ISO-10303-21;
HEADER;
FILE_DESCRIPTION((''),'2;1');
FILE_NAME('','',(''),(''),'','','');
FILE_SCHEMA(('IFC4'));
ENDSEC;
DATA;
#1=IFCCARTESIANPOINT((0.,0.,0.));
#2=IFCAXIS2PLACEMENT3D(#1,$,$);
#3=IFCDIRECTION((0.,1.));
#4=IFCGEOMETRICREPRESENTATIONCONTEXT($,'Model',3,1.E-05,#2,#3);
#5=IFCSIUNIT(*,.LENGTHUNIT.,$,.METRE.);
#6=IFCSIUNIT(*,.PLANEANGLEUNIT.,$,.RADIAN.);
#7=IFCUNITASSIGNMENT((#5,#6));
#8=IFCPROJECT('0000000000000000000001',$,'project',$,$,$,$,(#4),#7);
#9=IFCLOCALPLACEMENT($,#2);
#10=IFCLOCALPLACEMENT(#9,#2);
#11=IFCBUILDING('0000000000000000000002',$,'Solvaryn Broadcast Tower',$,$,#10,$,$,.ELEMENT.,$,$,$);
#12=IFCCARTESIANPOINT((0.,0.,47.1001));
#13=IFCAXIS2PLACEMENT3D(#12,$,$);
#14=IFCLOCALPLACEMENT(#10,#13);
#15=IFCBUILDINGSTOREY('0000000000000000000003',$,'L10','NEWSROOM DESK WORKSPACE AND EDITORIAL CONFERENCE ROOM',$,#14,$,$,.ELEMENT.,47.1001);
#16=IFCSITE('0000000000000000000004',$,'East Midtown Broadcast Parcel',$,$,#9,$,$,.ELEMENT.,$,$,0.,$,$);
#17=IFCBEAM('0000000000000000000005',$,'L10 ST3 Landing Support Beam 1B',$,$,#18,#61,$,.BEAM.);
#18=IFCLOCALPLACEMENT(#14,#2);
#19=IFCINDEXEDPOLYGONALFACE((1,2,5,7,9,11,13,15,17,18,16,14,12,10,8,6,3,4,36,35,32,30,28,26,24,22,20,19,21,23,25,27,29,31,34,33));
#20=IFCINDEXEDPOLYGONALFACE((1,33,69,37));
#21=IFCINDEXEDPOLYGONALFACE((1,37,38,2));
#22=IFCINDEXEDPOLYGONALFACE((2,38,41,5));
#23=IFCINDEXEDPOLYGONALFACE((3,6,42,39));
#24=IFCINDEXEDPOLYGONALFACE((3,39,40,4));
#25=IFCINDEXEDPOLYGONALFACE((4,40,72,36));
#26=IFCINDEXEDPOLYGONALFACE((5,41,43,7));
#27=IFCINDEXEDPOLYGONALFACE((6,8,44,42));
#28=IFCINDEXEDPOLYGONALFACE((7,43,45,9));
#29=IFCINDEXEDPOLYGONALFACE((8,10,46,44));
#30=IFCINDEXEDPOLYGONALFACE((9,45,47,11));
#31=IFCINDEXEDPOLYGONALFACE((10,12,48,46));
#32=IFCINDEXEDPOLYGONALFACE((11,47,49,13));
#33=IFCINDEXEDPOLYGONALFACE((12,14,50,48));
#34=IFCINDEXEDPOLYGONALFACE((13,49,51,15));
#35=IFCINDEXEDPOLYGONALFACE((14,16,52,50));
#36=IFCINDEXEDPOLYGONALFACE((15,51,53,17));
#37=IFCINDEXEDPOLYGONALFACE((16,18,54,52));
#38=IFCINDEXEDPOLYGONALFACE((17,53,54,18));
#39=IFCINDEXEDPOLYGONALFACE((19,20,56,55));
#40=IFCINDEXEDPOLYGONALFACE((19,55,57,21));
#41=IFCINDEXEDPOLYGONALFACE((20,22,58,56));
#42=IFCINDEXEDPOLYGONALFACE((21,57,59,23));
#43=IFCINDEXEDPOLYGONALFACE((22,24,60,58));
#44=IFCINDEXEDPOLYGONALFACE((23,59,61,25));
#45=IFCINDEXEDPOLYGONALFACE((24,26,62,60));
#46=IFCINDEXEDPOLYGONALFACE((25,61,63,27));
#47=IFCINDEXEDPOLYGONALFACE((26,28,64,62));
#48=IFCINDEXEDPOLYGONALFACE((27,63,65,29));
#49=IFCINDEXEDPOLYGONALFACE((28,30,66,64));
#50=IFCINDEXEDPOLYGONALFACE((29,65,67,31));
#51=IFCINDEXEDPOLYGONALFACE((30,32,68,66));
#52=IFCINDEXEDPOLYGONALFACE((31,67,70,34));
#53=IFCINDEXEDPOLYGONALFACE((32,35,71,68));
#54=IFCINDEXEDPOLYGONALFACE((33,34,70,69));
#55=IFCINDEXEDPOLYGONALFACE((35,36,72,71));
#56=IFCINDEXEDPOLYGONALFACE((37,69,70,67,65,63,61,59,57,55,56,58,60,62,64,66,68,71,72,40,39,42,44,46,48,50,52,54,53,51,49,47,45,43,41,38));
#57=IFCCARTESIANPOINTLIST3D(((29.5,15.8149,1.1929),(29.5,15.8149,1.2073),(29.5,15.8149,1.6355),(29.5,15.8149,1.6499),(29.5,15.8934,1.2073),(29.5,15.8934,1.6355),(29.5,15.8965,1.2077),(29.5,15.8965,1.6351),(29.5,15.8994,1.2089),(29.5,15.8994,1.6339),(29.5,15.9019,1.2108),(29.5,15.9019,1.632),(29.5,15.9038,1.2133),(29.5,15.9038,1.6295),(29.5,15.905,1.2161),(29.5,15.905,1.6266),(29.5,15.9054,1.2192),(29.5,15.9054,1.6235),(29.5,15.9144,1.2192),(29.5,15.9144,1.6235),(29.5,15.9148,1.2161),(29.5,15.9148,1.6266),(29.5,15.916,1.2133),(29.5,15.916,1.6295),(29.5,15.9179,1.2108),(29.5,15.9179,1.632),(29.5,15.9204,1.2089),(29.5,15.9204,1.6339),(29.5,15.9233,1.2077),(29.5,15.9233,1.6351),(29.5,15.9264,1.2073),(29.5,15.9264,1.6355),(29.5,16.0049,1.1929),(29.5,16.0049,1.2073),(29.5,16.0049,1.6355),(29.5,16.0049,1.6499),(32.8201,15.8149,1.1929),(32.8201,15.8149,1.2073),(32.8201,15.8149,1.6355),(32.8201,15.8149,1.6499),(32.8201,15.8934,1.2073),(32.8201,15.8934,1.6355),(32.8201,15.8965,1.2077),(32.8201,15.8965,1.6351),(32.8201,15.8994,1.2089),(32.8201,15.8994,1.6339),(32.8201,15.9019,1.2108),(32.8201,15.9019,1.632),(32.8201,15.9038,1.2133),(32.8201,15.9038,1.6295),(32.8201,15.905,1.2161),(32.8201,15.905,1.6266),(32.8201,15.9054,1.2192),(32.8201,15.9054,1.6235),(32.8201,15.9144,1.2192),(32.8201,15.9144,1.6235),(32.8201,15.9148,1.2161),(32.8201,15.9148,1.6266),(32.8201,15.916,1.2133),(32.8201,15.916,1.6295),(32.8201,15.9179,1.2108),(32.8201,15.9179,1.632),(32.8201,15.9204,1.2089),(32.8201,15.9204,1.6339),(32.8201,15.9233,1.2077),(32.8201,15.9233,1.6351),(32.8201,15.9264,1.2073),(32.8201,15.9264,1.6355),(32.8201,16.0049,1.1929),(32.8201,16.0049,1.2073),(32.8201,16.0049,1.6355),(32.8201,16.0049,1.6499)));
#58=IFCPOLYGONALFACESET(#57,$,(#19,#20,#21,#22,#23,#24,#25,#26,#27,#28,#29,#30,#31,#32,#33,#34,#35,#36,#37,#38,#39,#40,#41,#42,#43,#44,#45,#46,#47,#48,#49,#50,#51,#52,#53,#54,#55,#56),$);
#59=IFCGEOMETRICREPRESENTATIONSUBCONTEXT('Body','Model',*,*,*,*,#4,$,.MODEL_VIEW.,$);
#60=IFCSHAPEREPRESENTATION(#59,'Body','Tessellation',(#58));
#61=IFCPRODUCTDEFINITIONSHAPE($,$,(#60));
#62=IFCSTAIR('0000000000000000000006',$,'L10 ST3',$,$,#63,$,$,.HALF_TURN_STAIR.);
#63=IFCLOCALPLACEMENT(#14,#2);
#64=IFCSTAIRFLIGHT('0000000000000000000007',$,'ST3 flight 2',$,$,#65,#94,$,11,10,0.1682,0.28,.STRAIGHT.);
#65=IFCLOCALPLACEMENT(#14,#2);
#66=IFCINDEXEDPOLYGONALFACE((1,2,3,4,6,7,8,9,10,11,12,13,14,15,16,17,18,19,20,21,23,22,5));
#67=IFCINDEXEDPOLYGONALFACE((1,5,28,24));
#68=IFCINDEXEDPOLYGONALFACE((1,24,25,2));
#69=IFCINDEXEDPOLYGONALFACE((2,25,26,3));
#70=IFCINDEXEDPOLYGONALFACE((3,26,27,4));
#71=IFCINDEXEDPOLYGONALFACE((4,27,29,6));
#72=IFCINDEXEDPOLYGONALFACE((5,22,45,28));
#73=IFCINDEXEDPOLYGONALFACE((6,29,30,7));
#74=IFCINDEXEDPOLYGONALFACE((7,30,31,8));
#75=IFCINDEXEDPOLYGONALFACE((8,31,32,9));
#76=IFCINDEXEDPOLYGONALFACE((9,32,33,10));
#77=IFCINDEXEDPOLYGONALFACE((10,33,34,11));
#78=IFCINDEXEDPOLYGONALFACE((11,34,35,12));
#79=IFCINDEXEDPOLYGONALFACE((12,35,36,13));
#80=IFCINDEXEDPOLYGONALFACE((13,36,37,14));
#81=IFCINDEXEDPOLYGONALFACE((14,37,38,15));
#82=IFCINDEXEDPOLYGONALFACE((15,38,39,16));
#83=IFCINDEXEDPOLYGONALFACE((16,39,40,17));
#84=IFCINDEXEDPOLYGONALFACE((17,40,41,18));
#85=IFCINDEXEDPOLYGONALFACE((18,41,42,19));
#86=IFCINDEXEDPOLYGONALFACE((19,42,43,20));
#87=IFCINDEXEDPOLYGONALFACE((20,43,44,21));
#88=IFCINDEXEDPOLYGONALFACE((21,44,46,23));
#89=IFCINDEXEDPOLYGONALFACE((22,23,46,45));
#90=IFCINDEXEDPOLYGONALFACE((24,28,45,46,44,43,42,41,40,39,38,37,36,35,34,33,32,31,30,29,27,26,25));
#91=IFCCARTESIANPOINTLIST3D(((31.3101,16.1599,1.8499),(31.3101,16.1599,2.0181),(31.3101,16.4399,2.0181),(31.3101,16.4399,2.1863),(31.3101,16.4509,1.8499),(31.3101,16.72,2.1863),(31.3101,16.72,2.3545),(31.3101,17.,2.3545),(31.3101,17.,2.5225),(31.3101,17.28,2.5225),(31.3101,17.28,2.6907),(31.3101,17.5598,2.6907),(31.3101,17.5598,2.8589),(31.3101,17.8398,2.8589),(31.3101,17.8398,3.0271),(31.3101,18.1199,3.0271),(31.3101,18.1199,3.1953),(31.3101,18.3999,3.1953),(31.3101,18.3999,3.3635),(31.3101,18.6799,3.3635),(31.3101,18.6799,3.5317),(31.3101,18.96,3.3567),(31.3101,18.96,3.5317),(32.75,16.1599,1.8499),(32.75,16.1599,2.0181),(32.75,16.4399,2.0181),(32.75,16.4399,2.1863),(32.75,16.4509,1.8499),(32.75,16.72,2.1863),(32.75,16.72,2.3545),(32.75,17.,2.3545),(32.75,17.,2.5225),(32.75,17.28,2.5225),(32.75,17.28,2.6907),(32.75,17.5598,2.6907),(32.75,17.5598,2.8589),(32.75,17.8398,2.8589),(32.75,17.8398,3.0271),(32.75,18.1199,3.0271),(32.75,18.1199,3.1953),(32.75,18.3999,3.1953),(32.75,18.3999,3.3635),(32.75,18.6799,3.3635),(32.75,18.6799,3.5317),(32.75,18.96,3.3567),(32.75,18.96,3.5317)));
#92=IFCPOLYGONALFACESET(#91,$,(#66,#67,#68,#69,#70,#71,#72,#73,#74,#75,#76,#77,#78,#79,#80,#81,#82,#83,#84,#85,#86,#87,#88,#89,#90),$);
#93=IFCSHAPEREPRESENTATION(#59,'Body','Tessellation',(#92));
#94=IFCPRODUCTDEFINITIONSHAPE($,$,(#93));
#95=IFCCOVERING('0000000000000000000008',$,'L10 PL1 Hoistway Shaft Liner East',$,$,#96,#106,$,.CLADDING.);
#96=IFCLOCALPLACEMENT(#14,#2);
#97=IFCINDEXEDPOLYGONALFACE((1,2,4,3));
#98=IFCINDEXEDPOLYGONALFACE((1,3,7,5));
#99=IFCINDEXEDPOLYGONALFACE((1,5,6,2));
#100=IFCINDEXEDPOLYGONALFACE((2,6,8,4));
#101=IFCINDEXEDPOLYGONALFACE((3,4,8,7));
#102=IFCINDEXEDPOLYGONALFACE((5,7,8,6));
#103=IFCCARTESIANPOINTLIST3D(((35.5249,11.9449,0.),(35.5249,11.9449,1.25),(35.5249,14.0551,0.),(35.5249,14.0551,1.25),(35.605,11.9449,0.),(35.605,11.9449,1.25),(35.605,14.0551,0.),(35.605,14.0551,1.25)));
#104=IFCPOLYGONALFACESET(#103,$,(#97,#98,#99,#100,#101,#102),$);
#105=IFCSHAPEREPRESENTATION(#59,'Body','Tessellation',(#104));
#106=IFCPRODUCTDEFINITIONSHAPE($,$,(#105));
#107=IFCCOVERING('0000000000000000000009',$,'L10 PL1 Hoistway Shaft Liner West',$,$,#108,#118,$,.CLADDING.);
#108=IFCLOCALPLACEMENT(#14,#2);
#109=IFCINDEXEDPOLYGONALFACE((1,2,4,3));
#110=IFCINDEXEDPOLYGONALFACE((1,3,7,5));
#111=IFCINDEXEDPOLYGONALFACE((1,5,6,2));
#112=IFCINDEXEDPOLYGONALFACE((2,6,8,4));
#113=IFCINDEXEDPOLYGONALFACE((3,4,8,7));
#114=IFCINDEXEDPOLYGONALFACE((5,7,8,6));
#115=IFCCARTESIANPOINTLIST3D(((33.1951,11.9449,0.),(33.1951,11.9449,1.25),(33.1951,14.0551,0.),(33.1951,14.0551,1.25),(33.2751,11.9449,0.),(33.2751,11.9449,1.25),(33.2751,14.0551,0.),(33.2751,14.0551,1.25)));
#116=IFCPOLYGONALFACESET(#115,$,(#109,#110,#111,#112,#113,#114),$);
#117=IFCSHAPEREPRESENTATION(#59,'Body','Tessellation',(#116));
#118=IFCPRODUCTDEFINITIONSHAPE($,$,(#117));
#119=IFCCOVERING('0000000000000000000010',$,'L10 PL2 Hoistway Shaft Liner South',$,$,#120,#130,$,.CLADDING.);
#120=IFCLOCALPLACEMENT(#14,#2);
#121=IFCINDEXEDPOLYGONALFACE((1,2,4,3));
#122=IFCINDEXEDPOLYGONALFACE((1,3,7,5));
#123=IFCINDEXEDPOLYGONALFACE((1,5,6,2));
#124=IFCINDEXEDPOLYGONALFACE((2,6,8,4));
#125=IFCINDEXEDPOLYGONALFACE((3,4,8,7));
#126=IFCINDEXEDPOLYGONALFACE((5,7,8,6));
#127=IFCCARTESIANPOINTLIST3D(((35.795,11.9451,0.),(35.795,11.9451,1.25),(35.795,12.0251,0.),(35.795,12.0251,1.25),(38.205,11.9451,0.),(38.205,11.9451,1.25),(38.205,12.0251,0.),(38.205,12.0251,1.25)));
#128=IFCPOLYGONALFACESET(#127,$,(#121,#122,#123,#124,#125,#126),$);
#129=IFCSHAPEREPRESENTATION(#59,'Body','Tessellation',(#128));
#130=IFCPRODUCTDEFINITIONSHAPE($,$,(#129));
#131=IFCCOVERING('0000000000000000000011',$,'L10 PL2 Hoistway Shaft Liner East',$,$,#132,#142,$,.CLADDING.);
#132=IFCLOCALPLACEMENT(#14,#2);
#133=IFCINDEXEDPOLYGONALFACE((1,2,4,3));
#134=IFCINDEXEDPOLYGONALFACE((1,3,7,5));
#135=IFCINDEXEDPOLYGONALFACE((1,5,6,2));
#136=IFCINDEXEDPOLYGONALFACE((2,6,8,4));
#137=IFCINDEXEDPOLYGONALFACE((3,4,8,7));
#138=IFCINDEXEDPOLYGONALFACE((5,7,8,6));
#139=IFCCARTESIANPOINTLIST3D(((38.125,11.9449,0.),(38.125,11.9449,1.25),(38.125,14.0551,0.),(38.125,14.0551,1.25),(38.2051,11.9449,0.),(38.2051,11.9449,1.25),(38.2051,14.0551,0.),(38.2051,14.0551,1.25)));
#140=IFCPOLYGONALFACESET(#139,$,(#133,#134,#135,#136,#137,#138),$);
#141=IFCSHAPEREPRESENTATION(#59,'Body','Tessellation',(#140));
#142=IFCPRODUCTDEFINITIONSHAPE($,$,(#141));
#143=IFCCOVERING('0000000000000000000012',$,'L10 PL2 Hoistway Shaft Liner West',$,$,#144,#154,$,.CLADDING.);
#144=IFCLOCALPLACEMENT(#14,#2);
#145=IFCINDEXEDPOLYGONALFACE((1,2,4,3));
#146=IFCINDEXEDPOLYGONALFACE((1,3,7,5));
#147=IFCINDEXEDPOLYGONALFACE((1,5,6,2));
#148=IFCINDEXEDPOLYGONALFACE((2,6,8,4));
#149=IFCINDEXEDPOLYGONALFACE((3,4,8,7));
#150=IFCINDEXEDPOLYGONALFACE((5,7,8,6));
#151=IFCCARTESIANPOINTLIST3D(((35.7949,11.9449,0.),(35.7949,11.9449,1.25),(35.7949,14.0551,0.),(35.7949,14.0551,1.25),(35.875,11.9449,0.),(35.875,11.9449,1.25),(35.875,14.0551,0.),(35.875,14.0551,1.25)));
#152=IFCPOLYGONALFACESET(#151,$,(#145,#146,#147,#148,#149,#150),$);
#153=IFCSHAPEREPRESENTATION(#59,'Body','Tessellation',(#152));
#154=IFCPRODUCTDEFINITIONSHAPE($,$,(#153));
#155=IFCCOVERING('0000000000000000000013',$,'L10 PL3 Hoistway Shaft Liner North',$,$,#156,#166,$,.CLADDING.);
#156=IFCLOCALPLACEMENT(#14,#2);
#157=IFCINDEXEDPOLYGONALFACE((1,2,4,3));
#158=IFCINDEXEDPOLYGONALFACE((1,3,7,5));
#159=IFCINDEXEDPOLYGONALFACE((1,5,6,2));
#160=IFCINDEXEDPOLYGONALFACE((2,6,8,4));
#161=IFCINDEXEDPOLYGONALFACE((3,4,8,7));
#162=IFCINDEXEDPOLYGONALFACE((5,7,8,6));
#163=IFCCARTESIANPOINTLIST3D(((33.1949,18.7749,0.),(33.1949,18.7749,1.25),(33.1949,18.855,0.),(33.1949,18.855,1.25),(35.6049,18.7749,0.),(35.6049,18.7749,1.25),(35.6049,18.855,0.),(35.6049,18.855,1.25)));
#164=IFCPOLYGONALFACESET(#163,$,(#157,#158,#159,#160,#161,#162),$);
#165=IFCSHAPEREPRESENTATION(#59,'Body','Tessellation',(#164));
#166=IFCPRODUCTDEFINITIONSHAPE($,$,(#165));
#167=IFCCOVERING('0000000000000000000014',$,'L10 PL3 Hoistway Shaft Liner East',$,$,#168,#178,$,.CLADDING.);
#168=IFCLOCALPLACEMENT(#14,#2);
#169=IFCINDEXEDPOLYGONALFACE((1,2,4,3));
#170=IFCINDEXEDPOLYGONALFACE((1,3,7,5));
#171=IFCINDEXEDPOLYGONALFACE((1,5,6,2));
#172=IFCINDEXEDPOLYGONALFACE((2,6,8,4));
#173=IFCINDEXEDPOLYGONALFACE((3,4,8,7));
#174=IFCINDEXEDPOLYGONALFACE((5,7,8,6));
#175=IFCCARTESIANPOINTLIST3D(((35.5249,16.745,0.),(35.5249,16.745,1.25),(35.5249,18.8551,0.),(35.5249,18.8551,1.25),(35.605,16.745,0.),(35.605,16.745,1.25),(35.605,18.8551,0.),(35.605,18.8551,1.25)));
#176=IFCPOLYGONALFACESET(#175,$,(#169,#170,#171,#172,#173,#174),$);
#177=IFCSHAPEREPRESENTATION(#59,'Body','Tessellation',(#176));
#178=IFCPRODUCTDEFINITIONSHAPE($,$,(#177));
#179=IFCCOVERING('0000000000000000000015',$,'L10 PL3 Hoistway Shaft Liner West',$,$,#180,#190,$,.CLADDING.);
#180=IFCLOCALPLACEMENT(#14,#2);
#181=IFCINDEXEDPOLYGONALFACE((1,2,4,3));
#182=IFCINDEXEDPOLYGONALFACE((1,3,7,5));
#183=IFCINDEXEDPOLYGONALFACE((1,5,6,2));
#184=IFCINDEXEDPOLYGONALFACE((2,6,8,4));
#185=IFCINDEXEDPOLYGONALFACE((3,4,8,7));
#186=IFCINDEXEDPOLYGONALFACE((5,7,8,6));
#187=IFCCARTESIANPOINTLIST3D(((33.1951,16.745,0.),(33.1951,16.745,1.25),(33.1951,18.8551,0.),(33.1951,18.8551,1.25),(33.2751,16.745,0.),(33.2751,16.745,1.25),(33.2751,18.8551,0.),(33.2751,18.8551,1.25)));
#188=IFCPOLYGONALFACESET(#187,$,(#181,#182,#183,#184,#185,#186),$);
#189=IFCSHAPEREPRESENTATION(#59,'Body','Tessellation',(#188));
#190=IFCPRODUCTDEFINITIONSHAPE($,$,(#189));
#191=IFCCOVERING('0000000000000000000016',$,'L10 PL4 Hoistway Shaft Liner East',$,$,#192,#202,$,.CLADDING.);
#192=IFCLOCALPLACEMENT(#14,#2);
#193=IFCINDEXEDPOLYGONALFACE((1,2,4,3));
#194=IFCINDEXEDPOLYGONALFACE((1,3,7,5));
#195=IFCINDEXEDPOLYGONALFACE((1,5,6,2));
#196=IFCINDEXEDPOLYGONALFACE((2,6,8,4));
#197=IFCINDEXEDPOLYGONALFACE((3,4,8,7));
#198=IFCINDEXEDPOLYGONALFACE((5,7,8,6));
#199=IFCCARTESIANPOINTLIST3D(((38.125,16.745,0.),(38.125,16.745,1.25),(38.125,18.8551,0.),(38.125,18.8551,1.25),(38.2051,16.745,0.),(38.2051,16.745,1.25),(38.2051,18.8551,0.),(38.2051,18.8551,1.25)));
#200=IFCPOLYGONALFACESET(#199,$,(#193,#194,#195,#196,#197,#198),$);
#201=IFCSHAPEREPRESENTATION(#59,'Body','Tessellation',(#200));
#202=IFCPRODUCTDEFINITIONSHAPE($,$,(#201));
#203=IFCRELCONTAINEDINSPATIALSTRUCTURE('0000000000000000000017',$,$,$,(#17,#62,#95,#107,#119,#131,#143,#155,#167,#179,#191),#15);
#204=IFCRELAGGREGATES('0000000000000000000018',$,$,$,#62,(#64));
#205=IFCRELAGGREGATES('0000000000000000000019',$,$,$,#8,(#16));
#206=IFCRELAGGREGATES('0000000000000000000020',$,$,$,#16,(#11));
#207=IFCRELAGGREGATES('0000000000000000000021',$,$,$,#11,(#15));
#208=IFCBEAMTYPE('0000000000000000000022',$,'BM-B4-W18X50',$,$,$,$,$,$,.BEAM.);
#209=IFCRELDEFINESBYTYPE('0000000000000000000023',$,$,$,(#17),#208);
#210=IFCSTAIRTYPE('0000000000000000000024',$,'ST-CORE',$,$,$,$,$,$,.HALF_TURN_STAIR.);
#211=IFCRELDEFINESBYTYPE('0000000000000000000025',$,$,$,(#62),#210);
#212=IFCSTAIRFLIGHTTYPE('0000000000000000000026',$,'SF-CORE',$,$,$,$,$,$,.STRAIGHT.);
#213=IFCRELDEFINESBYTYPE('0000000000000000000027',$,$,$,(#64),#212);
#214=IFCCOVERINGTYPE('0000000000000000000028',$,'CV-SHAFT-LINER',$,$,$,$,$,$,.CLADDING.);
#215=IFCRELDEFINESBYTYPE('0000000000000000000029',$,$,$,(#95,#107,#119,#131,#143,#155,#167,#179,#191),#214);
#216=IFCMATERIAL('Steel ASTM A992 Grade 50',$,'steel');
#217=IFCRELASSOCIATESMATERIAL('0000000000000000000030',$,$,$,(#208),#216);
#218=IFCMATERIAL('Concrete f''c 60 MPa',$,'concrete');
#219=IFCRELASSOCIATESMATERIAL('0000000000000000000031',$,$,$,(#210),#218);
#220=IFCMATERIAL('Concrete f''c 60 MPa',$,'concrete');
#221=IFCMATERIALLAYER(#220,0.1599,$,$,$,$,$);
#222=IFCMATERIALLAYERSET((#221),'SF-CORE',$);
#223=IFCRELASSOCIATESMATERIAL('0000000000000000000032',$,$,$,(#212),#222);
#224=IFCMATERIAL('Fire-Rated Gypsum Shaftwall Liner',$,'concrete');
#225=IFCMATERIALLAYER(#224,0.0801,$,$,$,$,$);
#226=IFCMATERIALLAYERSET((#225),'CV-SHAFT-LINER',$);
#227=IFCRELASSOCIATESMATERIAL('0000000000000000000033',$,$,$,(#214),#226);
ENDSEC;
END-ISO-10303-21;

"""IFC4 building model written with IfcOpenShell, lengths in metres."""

from ifc_helpers import new_model, si_unit, direction, frame, origin, origin_2d, place, context, subcontext, project, spatial, polyline, rectangle, i_section, outline, extrude, material, layer, layer_set, material_profile, profile_set, type_object, element, aggregate, save


model = new_model("IFC4")

# Units and contexts
model_context = context("Model", 3, precision=1e-05, world=origin(), true_north=direction((0.0, 1.0)))
body_context = subcontext(model_context, "Body", "Model", "MODEL_VIEW")
ifc_project = project(units=[si_unit("LENGTHUNIT", "METRE"), si_unit("PLANEANGLEUNIT", "RADIAN")], contexts=[model_context])

# Site, building, storey
site_placement = place(None, origin())
site = spatial("IfcSite", under=ifc_project, at=site_placement, Name="East Midtown Broadcast Parcel", CompositionType="ELEMENT", RefElevation=0.0)
building_placement = place(site_placement, origin())
building = spatial("IfcBuilding", under=site, at=building_placement, Name="Solvaryn Broadcast Tower", CompositionType="ELEMENT")
storey_placement = place(building_placement, frame((0.0, 0.0, 47.1001)))
storey = spatial("IfcBuildingStorey", under=building, at=storey_placement, Name="L10", Description="NEWSROOM DESK WORKSPACE AND EDITORIAL CONFERENCE ROOM", CompositionType="ELEMENT", Elevation=47.1001)

# Beam
ifc_material_1 = material(Name="Steel ASTM A992 Grade 50", Category="steel")
ifc_material_profile_1 = material_profile(ifc_material_1, i_section(OverallWidth=0.1899, OverallDepth=0.457, WebThickness=0.009, FlangeThickness=0.0144, FilletRadius=0.012, at=origin_2d()))
ifc_profile_set_1 = profile_set([ifc_material_profile_1], Name="Steel ASTM A992 Grade 50")
beam_type_1 = type_object("IfcBeamType", Name="BM-B4-W18X50", PredefinedType="BEAM", material=ifc_profile_set_1)
beam_1_placement = place(storey_placement, frame((29.5, 15.9099, 1.4214), z_axis=(1.0, 0.0, 0.0), x_axis=(0.0, 1.0, 0.0)))
element("IfcBeam", 1, at=beam_1_placement, inside=storey, type_object=beam_type_1, Name="L10 ST3 Landing Support Beam 1B", PredefinedType="BEAM", context=body_context, shape_type="SweptSolid", body=[
    extrude(i_section(OverallWidth=0.1899, OverallDepth=0.457, WebThickness=0.009, FlangeThickness=0.0144, FilletRadius=0.012, at=origin_2d()), origin(), (0.0, 0.0, 1.0), 3.3201),
])

# Stair, stair flight
ifc_material_2 = material(Name="Concrete f'c 60 MPa", Category="concrete")
stair_type = type_object("IfcStairType", Name="ST-CORE", PredefinedType="HALF_TURN_STAIR", material=ifc_material_2)
stair_placement = place(storey_placement, origin())
stair = element("IfcStair", 2, at=stair_placement, inside=storey, type_object=stair_type, Name="L10 ST3", PredefinedType="HALF_TURN_STAIR")
ifc_material_3 = material(Name="Concrete f'c 60 MPa", Category="concrete")
ifc_layer_1 = layer(ifc_material_3, 0.1599)
ifc_layer_set_1 = layer_set([ifc_layer_1], Name="SF-CORE")
stair_flight_type = type_object("IfcStairFlightType", Name="SF-CORE", PredefinedType="STRAIGHT", material=ifc_layer_set_1)
stair_flight_placement = place(storey_placement, frame((32.03, 16.1599, 1.8499), z_axis=(0.0, 0.0, 1.0), x_axis=(0.0, 1.0, 0.0)))
stair_flight = element("IfcStairFlight", 3, at=stair_flight_placement, type_object=stair_flight_type, Name="ST3 flight 2", NumberOfRisers=11, NumberOfTreads=10, PredefinedType="STRAIGHT", RiserHeight=0.1682, TreadLength=0.28, context=body_context, shape_type="SweptSolid", body=[
    extrude(outline(polyline([(0.0, 0.0), (0.0, 0.1682), (0.28, 0.1682), (0.28, 0.3364), (0.5601, 0.3364), (0.5601, 0.5046), (0.8401, 0.5046), (0.8401, 0.6726), (1.1201, 0.6726), (1.1201, 0.8408), (1.3999, 0.8408), (1.3999, 1.009), (1.6799, 1.009), (1.6799, 1.1772), (1.96, 1.1772), (1.96, 1.3455), (2.24, 1.3455), (2.24, 1.5137), (2.52, 1.5137), (2.52, 1.6819), (2.8, 1.6819), (2.8, 1.8501), (2.8, 1.5068), (0.291, 0.0), (0.0, 0.0)])), frame((0.0, 0.72, 0.0), z_axis=(0.0, -1.0, 0.0), x_axis=(1.0, 0.0, 0.0)), (0.0, 0.0, 1.0), 1.4399),
])
aggregate(stair, [stair_flight])

# Coverings
ifc_material_4 = material(Name="Fire-Rated Gypsum Shaftwall Liner", Category="concrete")
ifc_layer_2 = layer(ifc_material_4, 0.0801)
ifc_layer_set_2 = layer_set([ifc_layer_2], Name="CV-SHAFT-LINER")
covering_type = type_object("IfcCoveringType", Name="CV-SHAFT-LINER", PredefinedType="CLADDING", material=ifc_layer_set_2)
for number, where, z_axis, x_axis, name in (
    (4, (35.5649, 13.0, 0.0), (0.0, 0.0, 1.0), (1.0, 0.0, 0.0), "L10 PL1 Hoistway Shaft Liner East"),
    (5, (33.2351, 13.0, 0.0), (0.0, 0.0, 1.0), (1.0, 0.0, 0.0), "L10 PL1 Hoistway Shaft Liner West"),
):
    element("IfcCovering", number, at=place(storey_placement, frame(where, z_axis=z_axis, x_axis=x_axis)), inside=storey, type_object=covering_type, Name=name, PredefinedType="CLADDING", context=body_context, shape_type="SweptSolid", body=[
        extrude(rectangle(XDim=0.0801, YDim=2.1101, at=origin_2d()), origin(), (0.0, 0.0, 1.0), 1.25),
    ])
covering_1_placement = place(storey_placement, frame((37.0, 11.9851, 0.0), z_axis=(0.0, 0.0, 1.0), x_axis=(1.0, 0.0, 0.0)))
element("IfcCovering", 6, at=covering_1_placement, inside=storey, type_object=covering_type, Name="L10 PL2 Hoistway Shaft Liner South", PredefinedType="CLADDING", context=body_context, shape_type="SweptSolid", body=[
    extrude(rectangle(XDim=2.4099, YDim=0.0801, at=origin_2d()), origin(), (0.0, 0.0, 1.0), 1.25),
])
for number, where, z_axis, x_axis, name in (
    (7, (38.165, 13.0, 0.0), (0.0, 0.0, 1.0), (1.0, 0.0, 0.0), "L10 PL2 Hoistway Shaft Liner East"),
    (8, (35.835, 13.0, 0.0), (0.0, 0.0, 1.0), (1.0, 0.0, 0.0), "L10 PL2 Hoistway Shaft Liner West"),
):
    element("IfcCovering", number, at=place(storey_placement, frame(where, z_axis=z_axis, x_axis=x_axis)), inside=storey, type_object=covering_type, Name=name, PredefinedType="CLADDING", context=body_context, shape_type="SweptSolid", body=[
        extrude(rectangle(XDim=0.0801, YDim=2.1101, at=origin_2d()), origin(), (0.0, 0.0, 1.0), 1.25),
    ])
covering_2_placement = place(storey_placement, frame((34.3999, 18.8149, 0.0), z_axis=(0.0, 0.0, 1.0), x_axis=(1.0, 0.0, 0.0)))
element("IfcCovering", 9, at=covering_2_placement, inside=storey, type_object=covering_type, Name="L10 PL3 Hoistway Shaft Liner North", PredefinedType="CLADDING", context=body_context, shape_type="SweptSolid", body=[
    extrude(rectangle(XDim=2.4099, YDim=0.0801, at=origin_2d()), origin(), (0.0, 0.0, 1.0), 1.25),
])
for number, where, z_axis, x_axis, name in (
    (10, (35.5649, 17.8, 0.0), (0.0, 0.0, 1.0), (1.0, 0.0, 0.0), "L10 PL3 Hoistway Shaft Liner East"),
    (11, (33.2351, 17.8, 0.0), (0.0, 0.0, 1.0), (1.0, 0.0, 0.0), "L10 PL3 Hoistway Shaft Liner West"),
    (12, (38.165, 17.8, 0.0), (0.0, 0.0, 1.0), (1.0, 0.0, 0.0), "L10 PL4 Hoistway Shaft Liner East"),
):
    element("IfcCovering", number, at=place(storey_placement, frame(where, z_axis=z_axis, x_axis=x_axis)), inside=storey, type_object=covering_type, Name=name, PredefinedType="CLADDING", context=body_context, shape_type="SweptSolid", body=[
        extrude(rectangle(XDim=0.0801, YDim=2.1101, at=origin_2d()), origin(), (0.0, 0.0, 1.0), 1.25),
    ])

save(model, "model.ifc")
